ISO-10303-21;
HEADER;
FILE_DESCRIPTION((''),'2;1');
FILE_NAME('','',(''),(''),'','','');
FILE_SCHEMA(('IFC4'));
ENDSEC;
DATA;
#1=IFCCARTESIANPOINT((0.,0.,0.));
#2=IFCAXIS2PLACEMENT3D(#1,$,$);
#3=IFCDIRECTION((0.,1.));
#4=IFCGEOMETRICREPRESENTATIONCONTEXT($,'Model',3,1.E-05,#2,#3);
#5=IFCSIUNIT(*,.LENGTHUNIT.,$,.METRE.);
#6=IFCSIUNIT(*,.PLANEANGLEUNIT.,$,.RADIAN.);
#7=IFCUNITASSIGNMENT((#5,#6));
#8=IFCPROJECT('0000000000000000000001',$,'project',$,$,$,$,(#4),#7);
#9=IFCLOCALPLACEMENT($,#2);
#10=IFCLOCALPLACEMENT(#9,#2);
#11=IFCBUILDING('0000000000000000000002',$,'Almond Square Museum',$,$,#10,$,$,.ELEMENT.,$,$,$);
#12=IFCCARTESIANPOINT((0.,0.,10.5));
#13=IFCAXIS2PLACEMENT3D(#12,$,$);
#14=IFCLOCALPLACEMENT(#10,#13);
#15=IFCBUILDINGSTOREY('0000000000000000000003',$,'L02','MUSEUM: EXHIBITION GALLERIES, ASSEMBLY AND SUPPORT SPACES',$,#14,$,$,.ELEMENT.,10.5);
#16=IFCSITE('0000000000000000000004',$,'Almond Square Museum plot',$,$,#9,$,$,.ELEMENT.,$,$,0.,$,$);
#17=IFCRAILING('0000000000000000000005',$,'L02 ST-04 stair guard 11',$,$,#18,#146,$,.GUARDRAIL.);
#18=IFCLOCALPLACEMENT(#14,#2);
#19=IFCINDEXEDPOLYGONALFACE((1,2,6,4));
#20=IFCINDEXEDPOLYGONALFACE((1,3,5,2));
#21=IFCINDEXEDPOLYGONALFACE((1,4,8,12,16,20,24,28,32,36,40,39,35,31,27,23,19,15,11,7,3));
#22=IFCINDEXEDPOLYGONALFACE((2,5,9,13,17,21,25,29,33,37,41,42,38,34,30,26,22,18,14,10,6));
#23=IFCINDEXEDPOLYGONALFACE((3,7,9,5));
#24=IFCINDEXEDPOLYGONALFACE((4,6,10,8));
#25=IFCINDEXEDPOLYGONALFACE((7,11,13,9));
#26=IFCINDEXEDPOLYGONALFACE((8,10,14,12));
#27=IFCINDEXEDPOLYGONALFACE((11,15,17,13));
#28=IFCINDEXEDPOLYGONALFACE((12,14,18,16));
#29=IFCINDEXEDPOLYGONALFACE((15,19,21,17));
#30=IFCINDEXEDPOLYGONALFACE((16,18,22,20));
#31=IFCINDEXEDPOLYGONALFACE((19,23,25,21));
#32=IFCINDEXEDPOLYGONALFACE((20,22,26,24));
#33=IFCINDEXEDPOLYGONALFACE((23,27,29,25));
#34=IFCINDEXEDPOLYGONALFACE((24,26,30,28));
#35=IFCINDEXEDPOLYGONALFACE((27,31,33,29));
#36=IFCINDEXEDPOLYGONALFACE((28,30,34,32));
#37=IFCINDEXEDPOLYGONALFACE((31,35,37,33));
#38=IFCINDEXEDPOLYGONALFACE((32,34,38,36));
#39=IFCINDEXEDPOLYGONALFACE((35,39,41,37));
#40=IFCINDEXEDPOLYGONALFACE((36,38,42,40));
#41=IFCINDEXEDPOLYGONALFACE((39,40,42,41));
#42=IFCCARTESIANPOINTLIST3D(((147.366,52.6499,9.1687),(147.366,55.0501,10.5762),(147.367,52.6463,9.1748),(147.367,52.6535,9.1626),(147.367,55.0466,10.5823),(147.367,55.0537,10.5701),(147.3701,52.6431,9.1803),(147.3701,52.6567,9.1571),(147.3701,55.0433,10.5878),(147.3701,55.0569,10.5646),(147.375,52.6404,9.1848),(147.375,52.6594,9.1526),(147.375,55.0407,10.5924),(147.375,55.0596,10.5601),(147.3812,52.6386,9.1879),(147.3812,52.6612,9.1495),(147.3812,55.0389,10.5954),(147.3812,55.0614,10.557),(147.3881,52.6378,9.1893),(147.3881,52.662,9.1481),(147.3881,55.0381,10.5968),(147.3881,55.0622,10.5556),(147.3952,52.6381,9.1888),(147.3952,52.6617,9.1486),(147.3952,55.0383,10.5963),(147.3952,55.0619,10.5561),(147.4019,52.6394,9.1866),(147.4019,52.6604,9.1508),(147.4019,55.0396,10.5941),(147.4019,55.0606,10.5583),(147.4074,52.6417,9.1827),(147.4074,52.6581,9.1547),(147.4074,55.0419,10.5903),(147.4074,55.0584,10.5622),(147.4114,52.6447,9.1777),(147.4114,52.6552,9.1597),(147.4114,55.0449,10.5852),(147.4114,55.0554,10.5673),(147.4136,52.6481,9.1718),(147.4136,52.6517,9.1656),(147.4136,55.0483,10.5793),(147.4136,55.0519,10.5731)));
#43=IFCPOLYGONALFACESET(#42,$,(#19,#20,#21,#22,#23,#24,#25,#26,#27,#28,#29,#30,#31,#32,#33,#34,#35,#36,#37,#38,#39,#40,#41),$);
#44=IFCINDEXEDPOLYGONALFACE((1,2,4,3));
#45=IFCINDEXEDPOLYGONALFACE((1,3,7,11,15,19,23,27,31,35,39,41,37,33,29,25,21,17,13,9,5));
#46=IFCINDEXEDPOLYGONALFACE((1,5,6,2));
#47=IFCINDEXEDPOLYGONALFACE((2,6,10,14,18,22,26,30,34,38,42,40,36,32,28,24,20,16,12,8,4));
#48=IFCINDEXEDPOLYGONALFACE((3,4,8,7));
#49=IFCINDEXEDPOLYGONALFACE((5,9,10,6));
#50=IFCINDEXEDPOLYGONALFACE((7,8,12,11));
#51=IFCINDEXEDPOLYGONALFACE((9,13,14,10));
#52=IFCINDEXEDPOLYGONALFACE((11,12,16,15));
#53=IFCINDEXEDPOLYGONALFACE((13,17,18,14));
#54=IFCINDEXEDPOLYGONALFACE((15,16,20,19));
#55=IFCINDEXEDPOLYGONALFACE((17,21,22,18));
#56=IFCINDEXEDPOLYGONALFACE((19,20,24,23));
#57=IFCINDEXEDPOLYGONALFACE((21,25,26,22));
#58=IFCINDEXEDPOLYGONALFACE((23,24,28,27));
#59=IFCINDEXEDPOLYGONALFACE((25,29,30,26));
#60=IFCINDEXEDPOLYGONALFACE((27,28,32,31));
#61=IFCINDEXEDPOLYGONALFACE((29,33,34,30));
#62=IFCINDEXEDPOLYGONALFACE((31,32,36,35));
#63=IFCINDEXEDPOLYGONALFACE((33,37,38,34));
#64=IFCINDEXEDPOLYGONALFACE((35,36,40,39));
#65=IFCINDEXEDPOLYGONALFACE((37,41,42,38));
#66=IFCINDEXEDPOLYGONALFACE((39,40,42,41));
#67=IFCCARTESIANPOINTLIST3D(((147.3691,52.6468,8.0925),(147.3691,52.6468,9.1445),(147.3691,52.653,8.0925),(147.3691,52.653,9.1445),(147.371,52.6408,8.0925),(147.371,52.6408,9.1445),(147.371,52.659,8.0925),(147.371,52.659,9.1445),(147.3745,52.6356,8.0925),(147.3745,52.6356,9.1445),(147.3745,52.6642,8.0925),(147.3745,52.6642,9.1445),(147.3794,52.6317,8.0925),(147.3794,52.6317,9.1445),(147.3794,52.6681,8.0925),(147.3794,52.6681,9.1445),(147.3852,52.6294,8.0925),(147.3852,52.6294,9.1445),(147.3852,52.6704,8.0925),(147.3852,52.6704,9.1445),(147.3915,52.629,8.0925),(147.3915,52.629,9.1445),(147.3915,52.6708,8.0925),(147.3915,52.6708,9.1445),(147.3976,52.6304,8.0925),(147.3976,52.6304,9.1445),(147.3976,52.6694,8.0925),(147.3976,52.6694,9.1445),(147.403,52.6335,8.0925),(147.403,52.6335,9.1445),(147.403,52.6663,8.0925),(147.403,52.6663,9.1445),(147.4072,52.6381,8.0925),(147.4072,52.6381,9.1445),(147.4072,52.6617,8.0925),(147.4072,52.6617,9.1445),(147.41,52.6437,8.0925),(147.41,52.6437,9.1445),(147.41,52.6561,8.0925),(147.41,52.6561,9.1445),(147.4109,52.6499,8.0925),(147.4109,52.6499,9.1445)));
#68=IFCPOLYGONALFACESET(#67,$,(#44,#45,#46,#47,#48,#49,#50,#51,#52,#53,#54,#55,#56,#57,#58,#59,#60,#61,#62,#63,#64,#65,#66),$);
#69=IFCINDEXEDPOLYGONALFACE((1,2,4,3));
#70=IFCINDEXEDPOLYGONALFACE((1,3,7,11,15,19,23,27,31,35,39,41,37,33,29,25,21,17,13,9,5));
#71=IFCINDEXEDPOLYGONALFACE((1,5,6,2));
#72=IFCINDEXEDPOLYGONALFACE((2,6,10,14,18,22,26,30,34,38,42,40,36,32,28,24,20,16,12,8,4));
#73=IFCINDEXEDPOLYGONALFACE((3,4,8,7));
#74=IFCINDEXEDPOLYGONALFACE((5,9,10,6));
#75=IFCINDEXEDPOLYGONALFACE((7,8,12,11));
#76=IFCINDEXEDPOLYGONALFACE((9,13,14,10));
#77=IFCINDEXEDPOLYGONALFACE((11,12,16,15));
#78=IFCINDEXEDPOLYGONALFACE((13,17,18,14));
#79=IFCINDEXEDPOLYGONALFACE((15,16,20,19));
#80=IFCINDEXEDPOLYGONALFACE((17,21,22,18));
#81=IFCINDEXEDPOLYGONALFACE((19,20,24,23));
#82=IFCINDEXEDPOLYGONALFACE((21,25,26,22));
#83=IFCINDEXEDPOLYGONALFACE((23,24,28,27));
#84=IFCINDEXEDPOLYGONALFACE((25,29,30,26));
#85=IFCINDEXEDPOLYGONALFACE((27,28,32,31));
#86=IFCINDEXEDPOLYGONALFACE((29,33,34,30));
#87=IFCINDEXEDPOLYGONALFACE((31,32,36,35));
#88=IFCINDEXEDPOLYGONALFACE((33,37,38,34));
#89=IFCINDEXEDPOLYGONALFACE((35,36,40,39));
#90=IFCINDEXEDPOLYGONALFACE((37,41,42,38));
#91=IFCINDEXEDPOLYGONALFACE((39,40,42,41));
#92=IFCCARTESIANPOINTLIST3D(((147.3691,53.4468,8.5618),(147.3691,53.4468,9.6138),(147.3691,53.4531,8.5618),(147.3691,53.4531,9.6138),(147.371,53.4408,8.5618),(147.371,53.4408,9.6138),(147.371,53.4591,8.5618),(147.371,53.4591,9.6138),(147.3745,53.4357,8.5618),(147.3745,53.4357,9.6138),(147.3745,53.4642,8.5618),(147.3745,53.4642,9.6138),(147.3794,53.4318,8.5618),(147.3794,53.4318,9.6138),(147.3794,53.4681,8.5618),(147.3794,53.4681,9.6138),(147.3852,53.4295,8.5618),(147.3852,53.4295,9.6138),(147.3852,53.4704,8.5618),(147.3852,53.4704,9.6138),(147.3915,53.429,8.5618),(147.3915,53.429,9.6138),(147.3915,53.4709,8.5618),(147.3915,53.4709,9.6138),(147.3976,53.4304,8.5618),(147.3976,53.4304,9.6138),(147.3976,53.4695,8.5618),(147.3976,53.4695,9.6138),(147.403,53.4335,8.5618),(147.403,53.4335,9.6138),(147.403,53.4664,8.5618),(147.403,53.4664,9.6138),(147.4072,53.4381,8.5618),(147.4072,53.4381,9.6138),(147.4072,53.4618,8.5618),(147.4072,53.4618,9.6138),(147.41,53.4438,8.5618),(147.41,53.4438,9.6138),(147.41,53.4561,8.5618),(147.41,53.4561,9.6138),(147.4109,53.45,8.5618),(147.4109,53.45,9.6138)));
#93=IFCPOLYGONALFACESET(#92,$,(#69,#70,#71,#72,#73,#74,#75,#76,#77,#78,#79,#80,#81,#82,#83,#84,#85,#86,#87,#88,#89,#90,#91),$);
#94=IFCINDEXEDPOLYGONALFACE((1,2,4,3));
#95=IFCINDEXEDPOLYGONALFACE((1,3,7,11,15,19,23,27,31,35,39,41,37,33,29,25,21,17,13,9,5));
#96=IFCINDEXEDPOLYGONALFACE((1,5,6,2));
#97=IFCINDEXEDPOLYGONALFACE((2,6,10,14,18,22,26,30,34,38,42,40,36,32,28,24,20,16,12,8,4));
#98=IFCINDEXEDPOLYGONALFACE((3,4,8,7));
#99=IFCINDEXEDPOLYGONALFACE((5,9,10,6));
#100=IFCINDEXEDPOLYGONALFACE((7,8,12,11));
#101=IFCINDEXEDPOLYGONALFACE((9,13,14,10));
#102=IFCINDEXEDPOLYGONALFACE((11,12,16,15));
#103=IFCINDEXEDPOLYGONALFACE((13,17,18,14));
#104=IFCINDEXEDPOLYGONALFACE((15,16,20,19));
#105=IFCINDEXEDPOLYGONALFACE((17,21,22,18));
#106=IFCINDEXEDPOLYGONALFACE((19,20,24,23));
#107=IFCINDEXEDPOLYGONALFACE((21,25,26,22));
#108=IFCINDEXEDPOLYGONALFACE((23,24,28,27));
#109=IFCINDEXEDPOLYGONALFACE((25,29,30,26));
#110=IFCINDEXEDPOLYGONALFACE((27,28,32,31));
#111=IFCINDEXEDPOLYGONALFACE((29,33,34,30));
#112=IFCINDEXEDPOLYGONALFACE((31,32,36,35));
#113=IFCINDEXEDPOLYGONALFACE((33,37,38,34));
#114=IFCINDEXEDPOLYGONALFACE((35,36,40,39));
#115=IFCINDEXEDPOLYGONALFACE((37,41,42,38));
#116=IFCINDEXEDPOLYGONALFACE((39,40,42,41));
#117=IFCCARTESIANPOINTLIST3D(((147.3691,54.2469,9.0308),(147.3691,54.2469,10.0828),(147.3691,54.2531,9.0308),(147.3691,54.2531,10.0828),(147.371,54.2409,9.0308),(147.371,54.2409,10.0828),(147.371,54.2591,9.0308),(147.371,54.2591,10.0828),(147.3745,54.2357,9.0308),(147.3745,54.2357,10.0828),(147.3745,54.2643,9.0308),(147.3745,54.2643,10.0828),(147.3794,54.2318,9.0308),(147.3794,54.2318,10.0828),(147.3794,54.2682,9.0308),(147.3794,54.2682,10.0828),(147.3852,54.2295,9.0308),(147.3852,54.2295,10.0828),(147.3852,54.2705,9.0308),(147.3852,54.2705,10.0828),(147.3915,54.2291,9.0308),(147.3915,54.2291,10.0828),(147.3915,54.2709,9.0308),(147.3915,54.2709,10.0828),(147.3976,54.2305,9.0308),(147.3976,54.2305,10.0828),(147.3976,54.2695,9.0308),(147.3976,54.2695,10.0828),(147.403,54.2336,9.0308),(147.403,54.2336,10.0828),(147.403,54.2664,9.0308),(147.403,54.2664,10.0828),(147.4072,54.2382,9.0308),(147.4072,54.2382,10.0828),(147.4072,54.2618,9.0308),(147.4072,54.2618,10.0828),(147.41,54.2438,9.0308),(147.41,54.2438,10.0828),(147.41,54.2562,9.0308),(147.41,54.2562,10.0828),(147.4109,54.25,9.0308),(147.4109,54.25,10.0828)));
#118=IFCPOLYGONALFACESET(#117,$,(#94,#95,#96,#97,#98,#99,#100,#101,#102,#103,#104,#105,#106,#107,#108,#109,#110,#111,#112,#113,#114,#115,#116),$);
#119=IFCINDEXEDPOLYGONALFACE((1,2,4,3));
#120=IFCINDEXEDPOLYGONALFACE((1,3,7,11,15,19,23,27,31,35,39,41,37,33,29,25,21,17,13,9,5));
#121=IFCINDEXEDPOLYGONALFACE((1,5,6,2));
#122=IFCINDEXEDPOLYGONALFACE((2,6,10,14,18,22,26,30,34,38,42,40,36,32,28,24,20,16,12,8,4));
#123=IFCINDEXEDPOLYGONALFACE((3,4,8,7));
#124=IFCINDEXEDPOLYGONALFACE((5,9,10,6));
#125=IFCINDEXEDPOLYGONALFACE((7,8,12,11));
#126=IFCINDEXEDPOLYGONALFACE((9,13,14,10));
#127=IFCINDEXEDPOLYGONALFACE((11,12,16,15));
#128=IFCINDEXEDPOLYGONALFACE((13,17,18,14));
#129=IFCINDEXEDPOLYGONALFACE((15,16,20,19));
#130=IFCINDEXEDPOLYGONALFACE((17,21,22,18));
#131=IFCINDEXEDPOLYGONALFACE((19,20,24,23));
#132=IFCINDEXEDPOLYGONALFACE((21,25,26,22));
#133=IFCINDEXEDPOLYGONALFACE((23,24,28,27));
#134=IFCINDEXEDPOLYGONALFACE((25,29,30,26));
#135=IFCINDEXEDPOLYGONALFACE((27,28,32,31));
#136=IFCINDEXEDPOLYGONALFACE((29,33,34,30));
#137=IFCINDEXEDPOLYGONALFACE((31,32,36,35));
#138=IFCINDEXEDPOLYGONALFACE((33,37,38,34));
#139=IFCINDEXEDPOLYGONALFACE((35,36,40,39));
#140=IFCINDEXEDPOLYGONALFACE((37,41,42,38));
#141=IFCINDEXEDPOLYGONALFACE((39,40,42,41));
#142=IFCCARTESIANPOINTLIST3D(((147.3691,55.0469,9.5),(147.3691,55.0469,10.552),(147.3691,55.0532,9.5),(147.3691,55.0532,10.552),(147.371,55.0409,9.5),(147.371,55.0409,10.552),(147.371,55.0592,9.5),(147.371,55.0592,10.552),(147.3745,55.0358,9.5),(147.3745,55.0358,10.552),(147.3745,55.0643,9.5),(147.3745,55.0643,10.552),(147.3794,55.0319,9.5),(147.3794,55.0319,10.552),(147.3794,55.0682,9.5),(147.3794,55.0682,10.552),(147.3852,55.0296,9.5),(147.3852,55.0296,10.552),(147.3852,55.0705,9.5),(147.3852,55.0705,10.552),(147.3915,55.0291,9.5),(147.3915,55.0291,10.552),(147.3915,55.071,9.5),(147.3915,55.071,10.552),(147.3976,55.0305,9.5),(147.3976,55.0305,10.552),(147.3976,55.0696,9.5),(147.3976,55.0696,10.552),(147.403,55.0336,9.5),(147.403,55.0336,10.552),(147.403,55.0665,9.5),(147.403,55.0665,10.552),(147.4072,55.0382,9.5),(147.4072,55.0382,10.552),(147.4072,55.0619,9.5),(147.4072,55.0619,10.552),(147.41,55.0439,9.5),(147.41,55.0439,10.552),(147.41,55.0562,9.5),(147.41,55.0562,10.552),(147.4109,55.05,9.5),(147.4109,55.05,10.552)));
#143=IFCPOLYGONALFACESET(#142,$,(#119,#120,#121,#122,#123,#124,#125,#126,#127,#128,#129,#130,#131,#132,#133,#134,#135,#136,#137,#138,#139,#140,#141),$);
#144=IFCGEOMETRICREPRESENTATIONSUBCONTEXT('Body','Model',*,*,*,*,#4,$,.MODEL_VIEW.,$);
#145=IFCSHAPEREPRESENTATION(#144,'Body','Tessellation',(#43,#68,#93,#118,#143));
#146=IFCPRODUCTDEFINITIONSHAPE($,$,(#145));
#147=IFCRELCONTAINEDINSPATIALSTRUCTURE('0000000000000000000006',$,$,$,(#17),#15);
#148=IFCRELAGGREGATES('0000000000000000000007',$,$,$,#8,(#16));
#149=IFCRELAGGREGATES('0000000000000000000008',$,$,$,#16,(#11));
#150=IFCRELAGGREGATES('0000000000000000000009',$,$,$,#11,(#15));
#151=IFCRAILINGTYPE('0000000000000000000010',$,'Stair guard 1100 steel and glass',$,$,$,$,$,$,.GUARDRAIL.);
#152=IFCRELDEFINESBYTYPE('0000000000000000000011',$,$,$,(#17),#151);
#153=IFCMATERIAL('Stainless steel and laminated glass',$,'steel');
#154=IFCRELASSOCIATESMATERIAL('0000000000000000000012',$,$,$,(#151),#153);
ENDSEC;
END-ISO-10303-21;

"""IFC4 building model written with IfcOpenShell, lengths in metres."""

from ifc_helpers import new_model, si_unit, direction, frame, origin, origin_2d, place, context, subcontext, project, spatial, circle, extrude, material, type_object, element, save


model = new_model("IFC4")

# Units and contexts
model_context = context("Model", 3, precision=1e-05, world=origin(), true_north=direction((0.0, 1.0)))
body_context = subcontext(model_context, "Body", "Model", "MODEL_VIEW")
ifc_project = project(units=[si_unit("LENGTHUNIT", "METRE"), si_unit("PLANEANGLEUNIT", "RADIAN")], contexts=[model_context])

# Site, building, storey
site_placement = place(None, origin())
site = spatial("IfcSite", under=ifc_project, at=site_placement, Name="Almond Square Museum plot", CompositionType="ELEMENT", RefElevation=0.0)
building_placement = place(site_placement, origin())
building = spatial("IfcBuilding", under=site, at=building_placement, Name="Almond Square Museum", CompositionType="ELEMENT")
storey_placement = place(building_placement, frame((0.0, 0.0, 10.5)))
storey = spatial("IfcBuildingStorey", under=building, at=storey_placement, Name="L02", Description="MUSEUM: EXHIBITION GALLERIES, ASSEMBLY AND SUPPORT SPACES", CompositionType="ELEMENT", Elevation=10.5)

# Railing
ifc_material_1 = material(Name="Stainless steel and laminated glass", Category="steel")
railing_type_1 = type_object("IfcRailingType", Name="Stair guard 1100 steel and glass", PredefinedType="GUARDRAIL", material=ifc_material_1)
railing_1_placement = place(storey_placement, frame((147.3899, 52.6499, 8.0925)))
element("IfcRailing", 1, at=railing_1_placement, inside=storey, type_object=railing_type_1, Name="L02 ST-04 stair guard 11", PredefinedType="GUARDRAIL", context=body_context, shape_type="SweptSolid", body=[
    extrude(circle(Radius=0.0239, at=origin_2d()), frame((0.0, 0.0, 1.0762), z_axis=(0.0, 0.862621, 0.50585), x_axis=(-1.0, 0.0, 0.0)), (0.0, 0.0, 1.0), 2.7825),
    extrude(circle(Radius=0.021, at=origin_2d()), origin(), (0.0, 0.0, 1.0), 1.052),
    extrude(circle(Radius=0.021, at=origin_2d()), frame((0.0, 0.8, 0.4692)), (0.0, 0.0, 1.0), 1.052),
    extrude(circle(Radius=0.021, at=origin_2d()), frame((0.0, 1.6001, 0.9382)), (0.0, 0.0, 1.0), 1.052),
    extrude(circle(Radius=0.021, at=origin_2d()), frame((0.0, 2.4001, 1.4075)), (0.0, 0.0, 1.0), 1.052),
])

save(model, "model.ifc")
